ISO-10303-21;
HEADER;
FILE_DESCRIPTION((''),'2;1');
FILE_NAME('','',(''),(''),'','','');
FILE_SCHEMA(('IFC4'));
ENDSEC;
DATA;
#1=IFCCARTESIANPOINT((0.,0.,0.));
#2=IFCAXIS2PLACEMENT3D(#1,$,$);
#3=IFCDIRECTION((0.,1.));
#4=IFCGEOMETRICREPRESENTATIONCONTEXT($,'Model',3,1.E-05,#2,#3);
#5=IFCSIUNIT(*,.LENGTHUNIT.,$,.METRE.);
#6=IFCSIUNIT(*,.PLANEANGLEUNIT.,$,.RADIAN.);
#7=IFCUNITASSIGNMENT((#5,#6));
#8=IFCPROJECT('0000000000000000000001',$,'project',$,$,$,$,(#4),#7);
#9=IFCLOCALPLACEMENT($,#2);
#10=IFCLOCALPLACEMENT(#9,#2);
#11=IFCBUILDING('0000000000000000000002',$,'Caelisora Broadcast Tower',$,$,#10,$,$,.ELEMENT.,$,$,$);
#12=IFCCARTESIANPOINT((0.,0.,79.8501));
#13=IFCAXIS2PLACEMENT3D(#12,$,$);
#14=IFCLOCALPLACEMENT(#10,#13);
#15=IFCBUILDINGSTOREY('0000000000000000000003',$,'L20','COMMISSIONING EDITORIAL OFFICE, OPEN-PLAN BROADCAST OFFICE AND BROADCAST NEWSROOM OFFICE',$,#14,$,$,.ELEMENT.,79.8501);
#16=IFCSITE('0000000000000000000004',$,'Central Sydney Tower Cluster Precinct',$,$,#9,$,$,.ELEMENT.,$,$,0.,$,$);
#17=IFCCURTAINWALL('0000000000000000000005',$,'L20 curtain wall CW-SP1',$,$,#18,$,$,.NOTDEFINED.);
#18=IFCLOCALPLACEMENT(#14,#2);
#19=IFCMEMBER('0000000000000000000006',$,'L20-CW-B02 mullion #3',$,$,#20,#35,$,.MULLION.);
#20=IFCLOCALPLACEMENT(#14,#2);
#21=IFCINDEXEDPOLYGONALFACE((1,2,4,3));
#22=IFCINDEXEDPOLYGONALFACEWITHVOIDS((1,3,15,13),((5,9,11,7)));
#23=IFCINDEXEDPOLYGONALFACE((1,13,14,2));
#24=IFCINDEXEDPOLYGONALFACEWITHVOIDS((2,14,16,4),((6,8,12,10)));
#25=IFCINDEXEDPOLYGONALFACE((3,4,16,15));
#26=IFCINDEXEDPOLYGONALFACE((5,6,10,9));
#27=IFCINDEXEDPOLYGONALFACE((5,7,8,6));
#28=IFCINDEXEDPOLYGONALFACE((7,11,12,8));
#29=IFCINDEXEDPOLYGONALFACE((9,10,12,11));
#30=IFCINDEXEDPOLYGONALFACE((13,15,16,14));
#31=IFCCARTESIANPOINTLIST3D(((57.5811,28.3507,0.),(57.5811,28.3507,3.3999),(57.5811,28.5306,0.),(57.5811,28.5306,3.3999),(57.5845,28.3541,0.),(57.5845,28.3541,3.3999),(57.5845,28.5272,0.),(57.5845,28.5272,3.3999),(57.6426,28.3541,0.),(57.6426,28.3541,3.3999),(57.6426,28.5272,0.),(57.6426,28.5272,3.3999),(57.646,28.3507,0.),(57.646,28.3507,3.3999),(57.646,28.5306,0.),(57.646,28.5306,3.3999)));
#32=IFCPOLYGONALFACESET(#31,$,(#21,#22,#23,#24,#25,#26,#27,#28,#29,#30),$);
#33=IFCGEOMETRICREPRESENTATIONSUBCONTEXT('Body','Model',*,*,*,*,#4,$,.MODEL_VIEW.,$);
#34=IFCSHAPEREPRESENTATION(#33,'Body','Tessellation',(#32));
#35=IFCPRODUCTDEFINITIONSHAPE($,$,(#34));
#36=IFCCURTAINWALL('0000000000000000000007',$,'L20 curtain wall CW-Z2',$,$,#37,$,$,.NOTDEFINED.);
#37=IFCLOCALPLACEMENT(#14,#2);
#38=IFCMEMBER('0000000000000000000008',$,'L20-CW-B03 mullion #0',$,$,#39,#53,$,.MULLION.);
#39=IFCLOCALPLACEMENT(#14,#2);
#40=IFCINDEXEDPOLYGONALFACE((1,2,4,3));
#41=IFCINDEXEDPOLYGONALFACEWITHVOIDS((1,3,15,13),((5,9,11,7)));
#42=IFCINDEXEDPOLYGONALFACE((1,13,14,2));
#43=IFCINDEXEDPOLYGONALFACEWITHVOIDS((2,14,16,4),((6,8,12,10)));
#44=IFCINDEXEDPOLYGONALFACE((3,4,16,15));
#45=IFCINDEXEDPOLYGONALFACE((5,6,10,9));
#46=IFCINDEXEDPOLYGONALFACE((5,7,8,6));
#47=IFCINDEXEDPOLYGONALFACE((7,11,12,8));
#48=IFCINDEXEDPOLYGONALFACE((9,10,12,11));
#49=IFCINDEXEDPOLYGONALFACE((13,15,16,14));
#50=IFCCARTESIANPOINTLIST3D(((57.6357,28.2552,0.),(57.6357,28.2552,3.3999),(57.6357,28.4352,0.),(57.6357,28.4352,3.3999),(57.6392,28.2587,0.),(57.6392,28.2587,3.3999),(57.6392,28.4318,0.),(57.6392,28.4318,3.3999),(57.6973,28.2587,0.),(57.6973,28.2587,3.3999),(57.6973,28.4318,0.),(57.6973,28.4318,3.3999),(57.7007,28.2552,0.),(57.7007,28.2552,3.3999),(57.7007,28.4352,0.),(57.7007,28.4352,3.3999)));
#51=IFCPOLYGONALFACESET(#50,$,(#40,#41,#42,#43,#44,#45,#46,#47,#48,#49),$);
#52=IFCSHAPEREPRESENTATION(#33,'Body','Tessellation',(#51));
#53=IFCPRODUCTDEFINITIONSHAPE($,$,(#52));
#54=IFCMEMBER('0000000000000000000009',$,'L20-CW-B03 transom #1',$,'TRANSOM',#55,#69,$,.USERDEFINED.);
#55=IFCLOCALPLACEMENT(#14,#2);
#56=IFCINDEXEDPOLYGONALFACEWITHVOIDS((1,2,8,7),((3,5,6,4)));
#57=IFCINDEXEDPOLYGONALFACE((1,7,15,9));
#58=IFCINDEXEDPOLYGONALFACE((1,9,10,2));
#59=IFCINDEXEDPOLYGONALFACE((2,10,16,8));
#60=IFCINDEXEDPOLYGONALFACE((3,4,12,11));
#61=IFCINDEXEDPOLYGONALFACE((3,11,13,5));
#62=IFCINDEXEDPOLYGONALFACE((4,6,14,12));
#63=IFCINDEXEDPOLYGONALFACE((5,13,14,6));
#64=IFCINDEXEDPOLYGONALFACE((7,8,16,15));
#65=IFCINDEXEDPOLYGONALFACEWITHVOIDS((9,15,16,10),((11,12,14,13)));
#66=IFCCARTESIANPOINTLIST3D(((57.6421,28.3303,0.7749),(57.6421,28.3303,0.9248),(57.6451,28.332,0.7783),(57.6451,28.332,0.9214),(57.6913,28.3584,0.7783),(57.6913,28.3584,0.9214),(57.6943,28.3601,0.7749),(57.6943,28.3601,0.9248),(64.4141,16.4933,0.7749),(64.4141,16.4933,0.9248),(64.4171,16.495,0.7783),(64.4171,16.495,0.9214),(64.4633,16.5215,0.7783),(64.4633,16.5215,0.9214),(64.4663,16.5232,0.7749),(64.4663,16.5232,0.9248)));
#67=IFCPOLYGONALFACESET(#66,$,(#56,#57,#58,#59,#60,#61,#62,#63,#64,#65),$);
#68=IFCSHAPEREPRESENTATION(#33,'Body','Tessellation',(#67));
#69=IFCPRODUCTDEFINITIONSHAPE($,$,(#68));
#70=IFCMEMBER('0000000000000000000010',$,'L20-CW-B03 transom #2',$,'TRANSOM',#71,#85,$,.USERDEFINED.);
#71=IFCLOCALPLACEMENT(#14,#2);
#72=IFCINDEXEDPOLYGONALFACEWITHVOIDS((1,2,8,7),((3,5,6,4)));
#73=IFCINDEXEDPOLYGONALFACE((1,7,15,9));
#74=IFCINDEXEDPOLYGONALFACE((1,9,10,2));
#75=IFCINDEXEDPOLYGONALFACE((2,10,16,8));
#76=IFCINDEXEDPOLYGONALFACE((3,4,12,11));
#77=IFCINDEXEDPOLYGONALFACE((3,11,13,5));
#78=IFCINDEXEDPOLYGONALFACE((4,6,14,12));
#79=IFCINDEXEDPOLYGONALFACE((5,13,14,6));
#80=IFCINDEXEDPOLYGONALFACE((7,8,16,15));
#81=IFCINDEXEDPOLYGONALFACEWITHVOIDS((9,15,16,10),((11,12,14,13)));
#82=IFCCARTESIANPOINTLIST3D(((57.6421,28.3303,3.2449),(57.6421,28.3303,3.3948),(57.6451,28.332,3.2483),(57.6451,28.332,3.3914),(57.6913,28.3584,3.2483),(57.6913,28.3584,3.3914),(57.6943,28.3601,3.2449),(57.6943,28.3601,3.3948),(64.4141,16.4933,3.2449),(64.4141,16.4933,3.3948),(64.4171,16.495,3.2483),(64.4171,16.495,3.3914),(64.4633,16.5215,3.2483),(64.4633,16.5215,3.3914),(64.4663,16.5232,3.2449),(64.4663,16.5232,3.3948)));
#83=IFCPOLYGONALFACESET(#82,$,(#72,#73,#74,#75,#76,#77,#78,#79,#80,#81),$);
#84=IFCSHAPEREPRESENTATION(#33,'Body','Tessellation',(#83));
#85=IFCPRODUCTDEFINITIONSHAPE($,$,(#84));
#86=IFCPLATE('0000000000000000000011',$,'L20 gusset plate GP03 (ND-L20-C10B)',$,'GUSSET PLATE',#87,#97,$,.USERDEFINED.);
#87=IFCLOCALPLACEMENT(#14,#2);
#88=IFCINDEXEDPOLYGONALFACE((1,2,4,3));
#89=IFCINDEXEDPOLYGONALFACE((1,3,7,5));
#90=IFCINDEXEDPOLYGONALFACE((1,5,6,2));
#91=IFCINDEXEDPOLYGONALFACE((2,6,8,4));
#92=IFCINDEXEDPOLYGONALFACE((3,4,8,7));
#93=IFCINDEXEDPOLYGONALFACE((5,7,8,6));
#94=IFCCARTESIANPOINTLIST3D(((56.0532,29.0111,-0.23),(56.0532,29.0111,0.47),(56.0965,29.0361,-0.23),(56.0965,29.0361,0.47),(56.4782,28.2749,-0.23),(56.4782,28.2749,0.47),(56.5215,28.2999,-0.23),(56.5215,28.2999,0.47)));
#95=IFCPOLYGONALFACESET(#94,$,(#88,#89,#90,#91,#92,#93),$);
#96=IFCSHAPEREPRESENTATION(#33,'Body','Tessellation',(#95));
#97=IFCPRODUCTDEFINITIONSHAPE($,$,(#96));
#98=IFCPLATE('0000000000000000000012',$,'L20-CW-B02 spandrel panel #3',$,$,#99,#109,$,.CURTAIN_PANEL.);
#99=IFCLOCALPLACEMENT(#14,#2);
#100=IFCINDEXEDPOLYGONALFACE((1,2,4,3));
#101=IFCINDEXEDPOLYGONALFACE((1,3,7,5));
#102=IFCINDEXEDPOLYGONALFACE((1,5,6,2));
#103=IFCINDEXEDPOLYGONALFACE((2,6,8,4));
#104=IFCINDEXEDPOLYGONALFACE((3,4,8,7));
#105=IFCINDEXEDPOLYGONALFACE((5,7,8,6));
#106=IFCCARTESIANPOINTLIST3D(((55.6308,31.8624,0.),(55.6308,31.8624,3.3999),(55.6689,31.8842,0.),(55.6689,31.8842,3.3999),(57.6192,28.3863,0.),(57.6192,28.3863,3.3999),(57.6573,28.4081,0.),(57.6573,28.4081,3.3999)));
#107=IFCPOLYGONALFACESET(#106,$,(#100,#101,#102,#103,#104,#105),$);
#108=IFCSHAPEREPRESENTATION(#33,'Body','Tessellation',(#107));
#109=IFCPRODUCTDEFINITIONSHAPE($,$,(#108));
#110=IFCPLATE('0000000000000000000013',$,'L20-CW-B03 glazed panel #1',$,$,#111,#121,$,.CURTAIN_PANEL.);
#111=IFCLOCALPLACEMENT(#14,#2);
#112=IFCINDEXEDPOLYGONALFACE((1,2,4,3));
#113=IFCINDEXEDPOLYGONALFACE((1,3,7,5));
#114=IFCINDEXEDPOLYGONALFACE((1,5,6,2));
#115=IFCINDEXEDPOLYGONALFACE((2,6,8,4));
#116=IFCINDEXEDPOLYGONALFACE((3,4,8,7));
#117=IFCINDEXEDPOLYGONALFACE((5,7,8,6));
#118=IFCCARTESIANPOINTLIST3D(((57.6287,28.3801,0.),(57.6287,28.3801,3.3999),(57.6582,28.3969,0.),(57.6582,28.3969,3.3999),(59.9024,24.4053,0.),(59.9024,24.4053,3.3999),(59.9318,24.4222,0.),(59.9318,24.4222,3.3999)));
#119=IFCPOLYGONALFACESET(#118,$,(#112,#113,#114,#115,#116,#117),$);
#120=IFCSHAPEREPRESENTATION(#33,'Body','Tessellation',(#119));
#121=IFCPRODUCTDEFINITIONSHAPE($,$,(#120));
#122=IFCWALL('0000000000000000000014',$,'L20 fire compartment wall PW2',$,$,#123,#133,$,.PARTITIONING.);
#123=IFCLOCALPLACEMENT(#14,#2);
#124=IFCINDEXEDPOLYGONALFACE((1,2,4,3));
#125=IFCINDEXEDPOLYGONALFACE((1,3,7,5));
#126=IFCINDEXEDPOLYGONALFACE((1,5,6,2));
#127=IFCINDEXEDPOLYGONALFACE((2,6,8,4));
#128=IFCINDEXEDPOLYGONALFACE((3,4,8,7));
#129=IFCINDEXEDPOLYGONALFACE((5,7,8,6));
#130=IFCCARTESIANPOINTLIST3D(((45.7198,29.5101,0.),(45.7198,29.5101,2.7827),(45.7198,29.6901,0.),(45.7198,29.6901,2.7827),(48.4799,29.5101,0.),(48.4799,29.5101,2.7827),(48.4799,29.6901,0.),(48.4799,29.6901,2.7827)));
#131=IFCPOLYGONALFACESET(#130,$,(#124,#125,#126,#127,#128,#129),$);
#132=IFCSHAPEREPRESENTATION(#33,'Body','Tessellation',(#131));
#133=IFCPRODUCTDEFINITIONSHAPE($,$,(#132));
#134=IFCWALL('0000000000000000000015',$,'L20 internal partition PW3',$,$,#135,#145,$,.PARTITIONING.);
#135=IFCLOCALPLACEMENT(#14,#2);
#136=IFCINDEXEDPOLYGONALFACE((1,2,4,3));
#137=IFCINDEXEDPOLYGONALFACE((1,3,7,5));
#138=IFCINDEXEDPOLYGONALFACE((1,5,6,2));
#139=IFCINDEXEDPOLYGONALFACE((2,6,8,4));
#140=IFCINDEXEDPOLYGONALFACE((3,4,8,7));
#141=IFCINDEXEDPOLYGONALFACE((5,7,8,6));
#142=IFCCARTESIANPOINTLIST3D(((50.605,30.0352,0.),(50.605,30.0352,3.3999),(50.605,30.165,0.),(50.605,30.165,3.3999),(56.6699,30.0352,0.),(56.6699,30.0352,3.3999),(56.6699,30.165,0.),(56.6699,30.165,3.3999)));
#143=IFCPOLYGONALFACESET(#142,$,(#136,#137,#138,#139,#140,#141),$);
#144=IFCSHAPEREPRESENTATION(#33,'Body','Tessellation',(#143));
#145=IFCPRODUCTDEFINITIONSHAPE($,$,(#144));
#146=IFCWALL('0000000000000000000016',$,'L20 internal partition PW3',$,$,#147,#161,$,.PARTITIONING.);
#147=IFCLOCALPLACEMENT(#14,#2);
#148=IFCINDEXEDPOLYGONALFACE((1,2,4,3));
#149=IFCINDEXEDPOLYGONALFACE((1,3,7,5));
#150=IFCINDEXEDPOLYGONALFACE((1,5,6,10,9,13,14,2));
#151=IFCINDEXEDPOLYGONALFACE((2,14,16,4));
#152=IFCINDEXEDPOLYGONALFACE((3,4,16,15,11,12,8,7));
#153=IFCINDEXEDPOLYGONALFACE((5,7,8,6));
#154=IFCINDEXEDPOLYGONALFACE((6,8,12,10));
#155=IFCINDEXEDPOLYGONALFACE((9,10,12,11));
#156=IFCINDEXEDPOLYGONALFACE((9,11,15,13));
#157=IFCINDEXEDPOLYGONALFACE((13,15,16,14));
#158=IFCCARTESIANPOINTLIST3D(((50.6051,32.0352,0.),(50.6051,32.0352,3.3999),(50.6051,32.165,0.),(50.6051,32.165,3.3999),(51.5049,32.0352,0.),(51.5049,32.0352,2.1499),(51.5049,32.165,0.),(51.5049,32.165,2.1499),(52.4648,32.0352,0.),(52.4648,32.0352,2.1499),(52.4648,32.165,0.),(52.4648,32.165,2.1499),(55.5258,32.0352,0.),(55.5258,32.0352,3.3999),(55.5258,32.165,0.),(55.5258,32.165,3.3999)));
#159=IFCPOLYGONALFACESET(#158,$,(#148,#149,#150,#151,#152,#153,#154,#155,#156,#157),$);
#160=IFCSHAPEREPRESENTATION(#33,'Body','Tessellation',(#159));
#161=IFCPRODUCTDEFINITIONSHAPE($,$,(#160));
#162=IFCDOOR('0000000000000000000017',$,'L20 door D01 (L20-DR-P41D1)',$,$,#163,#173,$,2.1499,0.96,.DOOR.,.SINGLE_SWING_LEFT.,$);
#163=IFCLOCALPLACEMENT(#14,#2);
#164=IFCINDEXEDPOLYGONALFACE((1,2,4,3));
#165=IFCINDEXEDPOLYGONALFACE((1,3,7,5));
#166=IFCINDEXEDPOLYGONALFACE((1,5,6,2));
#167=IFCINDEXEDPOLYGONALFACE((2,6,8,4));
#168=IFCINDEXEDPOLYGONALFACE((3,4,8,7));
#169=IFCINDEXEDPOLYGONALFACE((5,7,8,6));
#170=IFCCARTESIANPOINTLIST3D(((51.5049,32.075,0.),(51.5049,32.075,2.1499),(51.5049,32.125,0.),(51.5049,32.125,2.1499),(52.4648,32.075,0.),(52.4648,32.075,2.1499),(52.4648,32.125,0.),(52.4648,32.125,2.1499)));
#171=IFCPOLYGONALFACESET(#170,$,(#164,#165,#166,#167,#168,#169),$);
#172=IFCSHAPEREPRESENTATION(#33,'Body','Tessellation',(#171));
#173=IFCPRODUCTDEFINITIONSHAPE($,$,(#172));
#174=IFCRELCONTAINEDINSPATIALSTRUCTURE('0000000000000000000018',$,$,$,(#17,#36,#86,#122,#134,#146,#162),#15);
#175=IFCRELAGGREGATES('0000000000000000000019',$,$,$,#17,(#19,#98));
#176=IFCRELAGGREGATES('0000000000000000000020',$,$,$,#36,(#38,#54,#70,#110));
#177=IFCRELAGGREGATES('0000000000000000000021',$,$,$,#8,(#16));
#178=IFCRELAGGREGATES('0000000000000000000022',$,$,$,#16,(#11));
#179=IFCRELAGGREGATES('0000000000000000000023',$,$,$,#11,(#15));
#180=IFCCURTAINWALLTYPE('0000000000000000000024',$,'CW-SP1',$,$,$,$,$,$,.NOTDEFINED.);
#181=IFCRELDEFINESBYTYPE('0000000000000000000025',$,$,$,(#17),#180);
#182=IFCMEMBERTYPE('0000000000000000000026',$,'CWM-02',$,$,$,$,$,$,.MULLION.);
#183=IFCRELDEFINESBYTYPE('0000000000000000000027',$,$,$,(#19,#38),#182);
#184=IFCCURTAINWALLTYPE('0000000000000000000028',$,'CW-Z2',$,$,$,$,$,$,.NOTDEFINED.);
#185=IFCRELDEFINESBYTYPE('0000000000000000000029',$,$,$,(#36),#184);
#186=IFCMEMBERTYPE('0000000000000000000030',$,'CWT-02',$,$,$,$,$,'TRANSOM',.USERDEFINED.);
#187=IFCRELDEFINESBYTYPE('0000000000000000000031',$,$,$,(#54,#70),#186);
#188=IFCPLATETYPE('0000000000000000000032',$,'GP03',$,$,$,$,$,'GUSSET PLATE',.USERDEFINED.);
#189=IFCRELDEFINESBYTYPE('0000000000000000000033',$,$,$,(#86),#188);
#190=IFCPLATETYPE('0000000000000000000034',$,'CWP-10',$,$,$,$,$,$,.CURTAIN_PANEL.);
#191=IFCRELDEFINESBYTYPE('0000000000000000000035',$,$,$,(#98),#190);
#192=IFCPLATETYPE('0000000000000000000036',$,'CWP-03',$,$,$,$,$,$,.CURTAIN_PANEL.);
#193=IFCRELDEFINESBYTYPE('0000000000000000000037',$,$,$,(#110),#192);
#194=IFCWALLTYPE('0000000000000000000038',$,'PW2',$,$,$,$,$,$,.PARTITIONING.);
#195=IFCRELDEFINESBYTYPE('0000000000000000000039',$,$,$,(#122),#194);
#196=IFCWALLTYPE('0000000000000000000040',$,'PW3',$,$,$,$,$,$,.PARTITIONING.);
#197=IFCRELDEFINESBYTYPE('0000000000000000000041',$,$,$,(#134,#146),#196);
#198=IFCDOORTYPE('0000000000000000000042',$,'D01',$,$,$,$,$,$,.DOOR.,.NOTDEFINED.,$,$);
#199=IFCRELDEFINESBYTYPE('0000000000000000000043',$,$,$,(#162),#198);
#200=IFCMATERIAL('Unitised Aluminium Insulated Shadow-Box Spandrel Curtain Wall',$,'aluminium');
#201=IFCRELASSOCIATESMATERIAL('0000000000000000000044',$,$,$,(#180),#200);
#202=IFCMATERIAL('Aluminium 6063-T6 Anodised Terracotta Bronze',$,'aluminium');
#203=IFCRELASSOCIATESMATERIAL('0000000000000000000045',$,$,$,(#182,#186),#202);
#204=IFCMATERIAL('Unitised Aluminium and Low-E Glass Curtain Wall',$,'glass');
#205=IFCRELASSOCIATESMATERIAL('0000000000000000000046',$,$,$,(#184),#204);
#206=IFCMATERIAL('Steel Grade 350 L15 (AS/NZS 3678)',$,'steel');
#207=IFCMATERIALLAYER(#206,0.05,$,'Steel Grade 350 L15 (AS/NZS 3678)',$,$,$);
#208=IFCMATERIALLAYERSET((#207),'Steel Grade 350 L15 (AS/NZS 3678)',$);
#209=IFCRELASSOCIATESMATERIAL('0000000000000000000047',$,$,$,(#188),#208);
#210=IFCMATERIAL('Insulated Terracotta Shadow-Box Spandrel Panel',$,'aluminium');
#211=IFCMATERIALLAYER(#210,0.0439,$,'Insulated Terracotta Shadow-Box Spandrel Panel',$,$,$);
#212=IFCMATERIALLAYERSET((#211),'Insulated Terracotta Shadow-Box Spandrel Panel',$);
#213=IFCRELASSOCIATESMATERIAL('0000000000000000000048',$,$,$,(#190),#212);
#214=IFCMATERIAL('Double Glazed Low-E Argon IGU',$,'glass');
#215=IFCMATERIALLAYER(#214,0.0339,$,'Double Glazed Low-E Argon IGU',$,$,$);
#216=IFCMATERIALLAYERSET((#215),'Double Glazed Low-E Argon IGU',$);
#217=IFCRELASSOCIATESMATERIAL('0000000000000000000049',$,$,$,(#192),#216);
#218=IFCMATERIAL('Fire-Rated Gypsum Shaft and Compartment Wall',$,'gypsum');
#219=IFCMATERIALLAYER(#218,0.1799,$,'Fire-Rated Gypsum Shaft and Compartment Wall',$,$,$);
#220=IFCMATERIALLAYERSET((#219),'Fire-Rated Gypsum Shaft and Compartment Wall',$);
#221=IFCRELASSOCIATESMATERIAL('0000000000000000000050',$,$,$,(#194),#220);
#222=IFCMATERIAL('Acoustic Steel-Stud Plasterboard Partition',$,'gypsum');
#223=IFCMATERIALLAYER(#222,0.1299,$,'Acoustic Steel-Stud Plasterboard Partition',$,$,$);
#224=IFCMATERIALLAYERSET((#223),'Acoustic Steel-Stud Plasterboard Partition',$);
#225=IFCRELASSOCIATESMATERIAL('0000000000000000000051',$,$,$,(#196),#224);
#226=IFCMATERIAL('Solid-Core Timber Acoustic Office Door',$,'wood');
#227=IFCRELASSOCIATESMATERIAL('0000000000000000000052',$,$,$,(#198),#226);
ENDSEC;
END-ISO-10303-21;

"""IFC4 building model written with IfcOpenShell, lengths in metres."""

from ifc_helpers import new_model, si_unit, direction, frame, frame_2d, origin, origin_2d, place, context, subcontext, project, spatial, rectangle, hollow_rectangle, extrude, source, transform, mapped, material, layer, layer_set, material_profile, profile_set, type_object, type_shapes, element, fill, aggregate, save


model = new_model("IFC4")

# Units and contexts
model_context = context("Model", 3, precision=1e-05, world=origin(), true_north=direction((0.0, 1.0)))
body_context = subcontext(model_context, "Body", "Model", "MODEL_VIEW")
ifc_project = project(units=[si_unit("LENGTHUNIT", "METRE"), si_unit("PLANEANGLEUNIT", "RADIAN")], contexts=[model_context])

# Site, building, storey
site_placement = place(None, origin())
site = spatial("IfcSite", under=ifc_project, at=site_placement, Name="Central Sydney Tower Cluster Precinct", CompositionType="ELEMENT", RefElevation=0.0)
building_placement = place(site_placement, origin())
building = spatial("IfcBuilding", under=site, at=building_placement, Name="Caelisora Broadcast Tower", CompositionType="ELEMENT")
storey_placement = place(building_placement, frame((0.0, 0.0, 79.8501)))
storey = spatial("IfcBuildingStorey", under=building, at=storey_placement, Name="L20", Description="COMMISSIONING EDITORIAL OFFICE, OPEN-PLAN BROADCAST OFFICE AND BROADCAST NEWSROOM OFFICE", CompositionType="ELEMENT", Elevation=79.8501)

# Shared definitions
ifc_material_1 = material(Name="Steel Grade 350 L15 (AS/NZS 3678)", Category="steel")

# Curtain walls, members
ifc_material_2 = material(Name="Unitised Aluminium Insulated Shadow-Box Spandrel Curtain Wall", Category="aluminium")
curtain_wall_type_1 = type_object("IfcCurtainWallType", Name="CW-SP1", PredefinedType="NOTDEFINED", material=ifc_material_2)
curtain_wall_1_placement = place(storey_placement, origin())
curtain_wall_1 = element("IfcCurtainWall", 1, at=curtain_wall_1_placement, inside=storey, type_object=curtain_wall_type_1, Name="L20 curtain wall CW-SP1", PredefinedType="NOTDEFINED")
ifc_material_3 = material(Name="Aluminium 6063-T6 Anodised Terracotta Bronze", Category="aluminium")
ifc_material_profile_1 = material_profile(ifc_material_3, hollow_rectangle(XDim=0.0649, YDim=0.1799, WallThickness=0.0034, at=origin_2d()), Name="Aluminium 6063-T6 Anodised Terracotta Bronze")
ifc_profile_set_1 = profile_set([ifc_material_profile_1], Name="Aluminium 6063-T6 Anodised Terracotta Bronze")
member_type_1 = type_object("IfcMemberType", Name="CWM-02", PredefinedType="MULLION", material=ifc_profile_set_1)
shared_shape_1 = source(origin(), body_context, "Body", "SweptSolid", [
    extrude(hollow_rectangle(XDim=0.0649, YDim=0.1799, WallThickness=0.0034, at=origin_2d()), origin(), (0.0, 0.0, 1.0), 3.3999),
])
type_shapes(member_type_1, [shared_shape_1])
member_1_placement = place(storey_placement, frame((57.6135, 28.4407, 0.0), z_axis=(0.0, 0.0, 1.0), x_axis=(1.0, 0.0, 0.0)))
member_1 = element("IfcMember", 2, at=member_1_placement, type_object=member_type_1, Name="L20-CW-B02 mullion #3", PredefinedType="MULLION", context=body_context, shape_type="MappedRepresentation", body=[
    mapped(shared_shape_1, transform((0.0, 0.0, 0.0), scale=1.0)),
])
ifc_material_4 = material(Name="Unitised Aluminium and Low-E Glass Curtain Wall", Category="glass")
curtain_wall_type_2 = type_object("IfcCurtainWallType", Name="CW-Z2", PredefinedType="NOTDEFINED", material=ifc_material_4)
curtain_wall_2_placement = place(storey_placement, origin())
curtain_wall_2 = element("IfcCurtainWall", 3, at=curtain_wall_2_placement, inside=storey, type_object=curtain_wall_type_2, Name="L20 curtain wall CW-Z2", PredefinedType="NOTDEFINED")
member_2_placement = place(storey_placement, frame((57.6682, 28.3452, 0.0), z_axis=(0.0, 0.0, 1.0), x_axis=(1.0, 0.0, 0.0)))
member_2 = element("IfcMember", 4, at=member_2_placement, type_object=member_type_1, Name="L20-CW-B03 mullion #0", PredefinedType="MULLION", context=body_context, shape_type="MappedRepresentation", body=[
    mapped(shared_shape_1, transform((0.0, 0.0, 0.0), scale=1.0)),
])
ifc_material_profile_2 = material_profile(ifc_material_3, hollow_rectangle(XDim=0.0601, YDim=0.1499, WallThickness=0.0034, at=origin_2d()), Name="Aluminium 6063-T6 Anodised Terracotta Bronze")
ifc_profile_set_2 = profile_set([ifc_material_profile_2], Name="Aluminium 6063-T6 Anodised Terracotta Bronze")
member_type_2 = type_object("IfcMemberType", Name="CWT-02", ElementType="TRANSOM", PredefinedType="USERDEFINED", material=ifc_profile_set_2)
shared_shape_2 = source(origin(), body_context, "Body", "SweptSolid", [
    extrude(hollow_rectangle(XDim=0.0601, YDim=0.1499, WallThickness=0.0034, at=origin_2d()), origin(), (0.0, 0.0, 1.0), 13.6372),
])
type_shapes(member_type_2, [shared_shape_2])
member_3_placement = place(storey_placement, frame((57.6682, 28.3452, 0.8499), z_axis=(0.496582, -0.86799, 0.0), x_axis=(0.86799, 0.496582, 0.0)))
member_3 = element("IfcMember", 5, at=member_3_placement, type_object=member_type_2, Name="L20-CW-B03 transom #1", ObjectType="TRANSOM", PredefinedType="USERDEFINED", context=body_context, shape_type="MappedRepresentation", body=[
    mapped(shared_shape_2, transform((0.0, 0.0, 0.0), scale=1.0)),
])
member_4_placement = place(storey_placement, frame((57.6682, 28.3452, 3.3198), z_axis=(0.496582, -0.86799, 0.0), x_axis=(0.86799, 0.496582, 0.0)))
member_4 = element("IfcMember", 6, at=member_4_placement, type_object=member_type_2, Name="L20-CW-B03 transom #2", ObjectType="TRANSOM", PredefinedType="USERDEFINED", context=body_context, shape_type="MappedRepresentation", body=[
    mapped(shared_shape_2, transform((0.0, 0.0, 0.0), scale=1.0)),
])

# Plates
ifc_layer_1 = layer(ifc_material_1, 0.05, Name="Steel Grade 350 L15 (AS/NZS 3678)")
ifc_layer_set_1 = layer_set([ifc_layer_1], Name="Steel Grade 350 L15 (AS/NZS 3678)")
plate_type_1 = type_object("IfcPlateType", Name="GP03", ElementType="GUSSET PLATE", PredefinedType="USERDEFINED", material=ifc_layer_set_1)
shared_shape_3 = source(origin(), body_context, "Body", "SweptSolid", [
    extrude(rectangle(XDim=0.8501, YDim=0.05, at=origin_2d()), origin(), (0.0, 0.0, 1.0), 0.7),
])
type_shapes(plate_type_1, [shared_shape_3])
plate_1_placement = place(storey_placement, frame((56.2874, 28.6555, -0.23), z_axis=(0.0, 0.0, 1.0), x_axis=(-0.5, 0.866025, 0.0)))
element("IfcPlate", 7, at=plate_1_placement, inside=storey, type_object=plate_type_1, Name="L20 gusset plate GP03 (ND-L20-C10B)", ObjectType="GUSSET PLATE", PredefinedType="USERDEFINED", context=body_context, shape_type="MappedRepresentation", body=[
    mapped(shared_shape_3, transform((0.0, 0.0, 0.0), scale=1.0)),
])
ifc_material_5 = material(Name="Insulated Terracotta Shadow-Box Spandrel Panel", Category="aluminium")
ifc_layer_2 = layer(ifc_material_5, 0.0439, Name="Insulated Terracotta Shadow-Box Spandrel Panel")
ifc_layer_set_2 = layer_set([ifc_layer_2], Name="Insulated Terracotta Shadow-Box Spandrel Panel")
plate_type_2 = type_object("IfcPlateType", Name="CWP-10", PredefinedType="CURTAIN_PANEL", material=ifc_layer_set_2)
shared_shape_4 = source(origin(), body_context, "Body", "SweptSolid", [
    extrude(rectangle(XDim=4.0046, YDim=0.0439, at=origin_2d()), origin(), (0.0, 0.0, 1.0), 3.3999),
])
type_shapes(plate_type_2, [shared_shape_4])
plate_2_placement = place(storey_placement, frame((56.644, 30.1353, 0.0), z_axis=(0.0, 0.0, 1.0), x_axis=(0.49652, -0.868026, 0.0)))
plate_2 = element("IfcPlate", 8, at=plate_2_placement, type_object=plate_type_2, Name="L20-CW-B02 spandrel panel #3", PredefinedType="CURTAIN_PANEL", context=body_context, shape_type="MappedRepresentation", body=[
    mapped(shared_shape_4, transform((0.0, 0.0, 0.0), scale=1.0)),
])
aggregate(curtain_wall_1, [member_1, plate_2])
ifc_material_6 = material(Name="Double Glazed Low-E Argon IGU", Category="glass")
ifc_layer_3 = layer(ifc_material_6, 0.0339, Name="Double Glazed Low-E Argon IGU")
ifc_layer_set_3 = layer_set([ifc_layer_3], Name="Double Glazed Low-E Argon IGU")
plate_type_3 = type_object("IfcPlateType", Name="CWP-03", PredefinedType="CURTAIN_PANEL", material=ifc_layer_set_3)
shared_shape_5 = source(origin(), body_context, "Body", "SweptSolid", [
    extrude(rectangle(XDim=4.5791, YDim=0.0339, at=origin_2d()), origin(), (0.0, 0.0, 1.0), 3.3999),
])
type_shapes(plate_type_3, [shared_shape_5])
plate_3_placement = place(storey_placement, frame((58.7803, 26.4011, 0.0), z_axis=(0.0, 0.0, 1.0), x_axis=(0.49652, -0.868026, 0.0)))
plate_3 = element("IfcPlate", 9, at=plate_3_placement, type_object=plate_type_3, Name="L20-CW-B03 glazed panel #1", PredefinedType="CURTAIN_PANEL", context=body_context, shape_type="MappedRepresentation", body=[
    mapped(shared_shape_5, transform((0.0, 0.0, 0.0), scale=1.0)),
])
aggregate(curtain_wall_2, [member_2, member_3, member_4, plate_3])

# Walls
ifc_material_7 = material(Name="Fire-Rated Gypsum Shaft and Compartment Wall", Category="gypsum")
ifc_layer_4 = layer(ifc_material_7, 0.1799, Name="Fire-Rated Gypsum Shaft and Compartment Wall")
ifc_layer_set_4 = layer_set([ifc_layer_4], Name="Fire-Rated Gypsum Shaft and Compartment Wall")
wall_type_1 = type_object("IfcWallType", Name="PW2", PredefinedType="PARTITIONING", material=ifc_layer_set_4)
wall_1_placement = place(storey_placement, frame((45.72, 29.6001, 0.0), z_axis=(0.0, 0.0, 1.0), x_axis=(1.0, 0.0, 0.0)))
element("IfcWall", 10, at=wall_1_placement, inside=storey, type_object=wall_type_1, Name="L20 fire compartment wall PW2", PredefinedType="PARTITIONING", context=body_context, shape_type="SweptSolid", body=[
    extrude(rectangle(XDim=2.76, YDim=0.1799, at=frame_2d((1.3799, 0.0))), origin(), (0.0, 0.0, 1.0), 2.7827),
])
ifc_material_8 = material(Name="Acoustic Steel-Stud Plasterboard Partition", Category="gypsum")
ifc_layer_5 = layer(ifc_material_8, 0.1299, Name="Acoustic Steel-Stud Plasterboard Partition")
ifc_layer_set_5 = layer_set([ifc_layer_5], Name="Acoustic Steel-Stud Plasterboard Partition")
wall_type_2 = type_object("IfcWallType", Name="PW3", PredefinedType="PARTITIONING", material=ifc_layer_set_5)
wall_2_placement = place(storey_placement, frame((50.605, 30.1001, 0.0), z_axis=(0.0, 0.0, 1.0), x_axis=(1.0, 0.0, 0.0)))
element("IfcWall", 11, at=wall_2_placement, inside=storey, type_object=wall_type_2, Name="L20 internal partition PW3", PredefinedType="PARTITIONING", context=body_context, shape_type="SweptSolid", body=[
    extrude(rectangle(XDim=6.0649, YDim=0.1299, at=frame_2d((3.0325, 0.0))), origin(), (0.0, 0.0, 1.0), 3.3999),
])

# Wall, opening, door
wall_3_placement = place(storey_placement, frame((50.605, 32.1001, 0.0), z_axis=(0.0, 0.0, 1.0), x_axis=(1.0, 0.0, 0.0)))
wall_3 = element("IfcWall", 12, at=wall_3_placement, inside=storey, type_object=wall_type_2, Name="L20 internal partition PW3", PredefinedType="PARTITIONING", context=body_context, shape_type="SweptSolid", body=[
    extrude(rectangle(XDim=4.9207, YDim=0.1299, at=frame_2d((2.4604, 0.0))), origin(), (0.0, 0.0, 1.0), 3.3999),
])
opening_placement = place(wall_3_placement, frame((0.8999, 0.0, 0.0)))
opening = element("IfcOpeningElement", 13, at=opening_placement, cuts=wall_3, PredefinedType="OPENING", context=body_context, shape_type="SweptSolid", body=[
    extrude(rectangle(XDim=0.96, YDim=2.1499, at=frame_2d((0.48, 1.075))), frame((0.0, 0.0769, 0.0), z_axis=(0.0, -1.0, 0.0), x_axis=(1.0, 0.0, 0.0)), (0.0, 0.0, 1.0), 0.1538),
])
ifc_material_9 = material(Name="Solid-Core Timber Acoustic Office Door", Category="wood")
door_type = type_object("IfcDoorType", Name="D01", OperationType="NOTDEFINED", PredefinedType="DOOR", material=ifc_material_9)
door_placement = place(opening_placement, origin())
door = element("IfcDoor", 14, at=door_placement, inside=storey, type_object=door_type, Name="L20 door D01 (L20-DR-P41D1)", OperationType="SINGLE_SWING_LEFT", OverallHeight=2.1499, OverallWidth=0.96, PredefinedType="DOOR", context=body_context, shape_type="SweptSolid", body=[
    extrude(rectangle(XDim=0.96, YDim=2.1499, at=frame_2d((0.48, 1.075))), frame((0.0, 0.0249, 0.0), z_axis=(0.0, -1.0, 0.0), x_axis=(1.0, 0.0, 0.0)), (0.0, 0.0, 1.0), 0.05),
])
fill(opening, door)

save(model, "model.ifc")
